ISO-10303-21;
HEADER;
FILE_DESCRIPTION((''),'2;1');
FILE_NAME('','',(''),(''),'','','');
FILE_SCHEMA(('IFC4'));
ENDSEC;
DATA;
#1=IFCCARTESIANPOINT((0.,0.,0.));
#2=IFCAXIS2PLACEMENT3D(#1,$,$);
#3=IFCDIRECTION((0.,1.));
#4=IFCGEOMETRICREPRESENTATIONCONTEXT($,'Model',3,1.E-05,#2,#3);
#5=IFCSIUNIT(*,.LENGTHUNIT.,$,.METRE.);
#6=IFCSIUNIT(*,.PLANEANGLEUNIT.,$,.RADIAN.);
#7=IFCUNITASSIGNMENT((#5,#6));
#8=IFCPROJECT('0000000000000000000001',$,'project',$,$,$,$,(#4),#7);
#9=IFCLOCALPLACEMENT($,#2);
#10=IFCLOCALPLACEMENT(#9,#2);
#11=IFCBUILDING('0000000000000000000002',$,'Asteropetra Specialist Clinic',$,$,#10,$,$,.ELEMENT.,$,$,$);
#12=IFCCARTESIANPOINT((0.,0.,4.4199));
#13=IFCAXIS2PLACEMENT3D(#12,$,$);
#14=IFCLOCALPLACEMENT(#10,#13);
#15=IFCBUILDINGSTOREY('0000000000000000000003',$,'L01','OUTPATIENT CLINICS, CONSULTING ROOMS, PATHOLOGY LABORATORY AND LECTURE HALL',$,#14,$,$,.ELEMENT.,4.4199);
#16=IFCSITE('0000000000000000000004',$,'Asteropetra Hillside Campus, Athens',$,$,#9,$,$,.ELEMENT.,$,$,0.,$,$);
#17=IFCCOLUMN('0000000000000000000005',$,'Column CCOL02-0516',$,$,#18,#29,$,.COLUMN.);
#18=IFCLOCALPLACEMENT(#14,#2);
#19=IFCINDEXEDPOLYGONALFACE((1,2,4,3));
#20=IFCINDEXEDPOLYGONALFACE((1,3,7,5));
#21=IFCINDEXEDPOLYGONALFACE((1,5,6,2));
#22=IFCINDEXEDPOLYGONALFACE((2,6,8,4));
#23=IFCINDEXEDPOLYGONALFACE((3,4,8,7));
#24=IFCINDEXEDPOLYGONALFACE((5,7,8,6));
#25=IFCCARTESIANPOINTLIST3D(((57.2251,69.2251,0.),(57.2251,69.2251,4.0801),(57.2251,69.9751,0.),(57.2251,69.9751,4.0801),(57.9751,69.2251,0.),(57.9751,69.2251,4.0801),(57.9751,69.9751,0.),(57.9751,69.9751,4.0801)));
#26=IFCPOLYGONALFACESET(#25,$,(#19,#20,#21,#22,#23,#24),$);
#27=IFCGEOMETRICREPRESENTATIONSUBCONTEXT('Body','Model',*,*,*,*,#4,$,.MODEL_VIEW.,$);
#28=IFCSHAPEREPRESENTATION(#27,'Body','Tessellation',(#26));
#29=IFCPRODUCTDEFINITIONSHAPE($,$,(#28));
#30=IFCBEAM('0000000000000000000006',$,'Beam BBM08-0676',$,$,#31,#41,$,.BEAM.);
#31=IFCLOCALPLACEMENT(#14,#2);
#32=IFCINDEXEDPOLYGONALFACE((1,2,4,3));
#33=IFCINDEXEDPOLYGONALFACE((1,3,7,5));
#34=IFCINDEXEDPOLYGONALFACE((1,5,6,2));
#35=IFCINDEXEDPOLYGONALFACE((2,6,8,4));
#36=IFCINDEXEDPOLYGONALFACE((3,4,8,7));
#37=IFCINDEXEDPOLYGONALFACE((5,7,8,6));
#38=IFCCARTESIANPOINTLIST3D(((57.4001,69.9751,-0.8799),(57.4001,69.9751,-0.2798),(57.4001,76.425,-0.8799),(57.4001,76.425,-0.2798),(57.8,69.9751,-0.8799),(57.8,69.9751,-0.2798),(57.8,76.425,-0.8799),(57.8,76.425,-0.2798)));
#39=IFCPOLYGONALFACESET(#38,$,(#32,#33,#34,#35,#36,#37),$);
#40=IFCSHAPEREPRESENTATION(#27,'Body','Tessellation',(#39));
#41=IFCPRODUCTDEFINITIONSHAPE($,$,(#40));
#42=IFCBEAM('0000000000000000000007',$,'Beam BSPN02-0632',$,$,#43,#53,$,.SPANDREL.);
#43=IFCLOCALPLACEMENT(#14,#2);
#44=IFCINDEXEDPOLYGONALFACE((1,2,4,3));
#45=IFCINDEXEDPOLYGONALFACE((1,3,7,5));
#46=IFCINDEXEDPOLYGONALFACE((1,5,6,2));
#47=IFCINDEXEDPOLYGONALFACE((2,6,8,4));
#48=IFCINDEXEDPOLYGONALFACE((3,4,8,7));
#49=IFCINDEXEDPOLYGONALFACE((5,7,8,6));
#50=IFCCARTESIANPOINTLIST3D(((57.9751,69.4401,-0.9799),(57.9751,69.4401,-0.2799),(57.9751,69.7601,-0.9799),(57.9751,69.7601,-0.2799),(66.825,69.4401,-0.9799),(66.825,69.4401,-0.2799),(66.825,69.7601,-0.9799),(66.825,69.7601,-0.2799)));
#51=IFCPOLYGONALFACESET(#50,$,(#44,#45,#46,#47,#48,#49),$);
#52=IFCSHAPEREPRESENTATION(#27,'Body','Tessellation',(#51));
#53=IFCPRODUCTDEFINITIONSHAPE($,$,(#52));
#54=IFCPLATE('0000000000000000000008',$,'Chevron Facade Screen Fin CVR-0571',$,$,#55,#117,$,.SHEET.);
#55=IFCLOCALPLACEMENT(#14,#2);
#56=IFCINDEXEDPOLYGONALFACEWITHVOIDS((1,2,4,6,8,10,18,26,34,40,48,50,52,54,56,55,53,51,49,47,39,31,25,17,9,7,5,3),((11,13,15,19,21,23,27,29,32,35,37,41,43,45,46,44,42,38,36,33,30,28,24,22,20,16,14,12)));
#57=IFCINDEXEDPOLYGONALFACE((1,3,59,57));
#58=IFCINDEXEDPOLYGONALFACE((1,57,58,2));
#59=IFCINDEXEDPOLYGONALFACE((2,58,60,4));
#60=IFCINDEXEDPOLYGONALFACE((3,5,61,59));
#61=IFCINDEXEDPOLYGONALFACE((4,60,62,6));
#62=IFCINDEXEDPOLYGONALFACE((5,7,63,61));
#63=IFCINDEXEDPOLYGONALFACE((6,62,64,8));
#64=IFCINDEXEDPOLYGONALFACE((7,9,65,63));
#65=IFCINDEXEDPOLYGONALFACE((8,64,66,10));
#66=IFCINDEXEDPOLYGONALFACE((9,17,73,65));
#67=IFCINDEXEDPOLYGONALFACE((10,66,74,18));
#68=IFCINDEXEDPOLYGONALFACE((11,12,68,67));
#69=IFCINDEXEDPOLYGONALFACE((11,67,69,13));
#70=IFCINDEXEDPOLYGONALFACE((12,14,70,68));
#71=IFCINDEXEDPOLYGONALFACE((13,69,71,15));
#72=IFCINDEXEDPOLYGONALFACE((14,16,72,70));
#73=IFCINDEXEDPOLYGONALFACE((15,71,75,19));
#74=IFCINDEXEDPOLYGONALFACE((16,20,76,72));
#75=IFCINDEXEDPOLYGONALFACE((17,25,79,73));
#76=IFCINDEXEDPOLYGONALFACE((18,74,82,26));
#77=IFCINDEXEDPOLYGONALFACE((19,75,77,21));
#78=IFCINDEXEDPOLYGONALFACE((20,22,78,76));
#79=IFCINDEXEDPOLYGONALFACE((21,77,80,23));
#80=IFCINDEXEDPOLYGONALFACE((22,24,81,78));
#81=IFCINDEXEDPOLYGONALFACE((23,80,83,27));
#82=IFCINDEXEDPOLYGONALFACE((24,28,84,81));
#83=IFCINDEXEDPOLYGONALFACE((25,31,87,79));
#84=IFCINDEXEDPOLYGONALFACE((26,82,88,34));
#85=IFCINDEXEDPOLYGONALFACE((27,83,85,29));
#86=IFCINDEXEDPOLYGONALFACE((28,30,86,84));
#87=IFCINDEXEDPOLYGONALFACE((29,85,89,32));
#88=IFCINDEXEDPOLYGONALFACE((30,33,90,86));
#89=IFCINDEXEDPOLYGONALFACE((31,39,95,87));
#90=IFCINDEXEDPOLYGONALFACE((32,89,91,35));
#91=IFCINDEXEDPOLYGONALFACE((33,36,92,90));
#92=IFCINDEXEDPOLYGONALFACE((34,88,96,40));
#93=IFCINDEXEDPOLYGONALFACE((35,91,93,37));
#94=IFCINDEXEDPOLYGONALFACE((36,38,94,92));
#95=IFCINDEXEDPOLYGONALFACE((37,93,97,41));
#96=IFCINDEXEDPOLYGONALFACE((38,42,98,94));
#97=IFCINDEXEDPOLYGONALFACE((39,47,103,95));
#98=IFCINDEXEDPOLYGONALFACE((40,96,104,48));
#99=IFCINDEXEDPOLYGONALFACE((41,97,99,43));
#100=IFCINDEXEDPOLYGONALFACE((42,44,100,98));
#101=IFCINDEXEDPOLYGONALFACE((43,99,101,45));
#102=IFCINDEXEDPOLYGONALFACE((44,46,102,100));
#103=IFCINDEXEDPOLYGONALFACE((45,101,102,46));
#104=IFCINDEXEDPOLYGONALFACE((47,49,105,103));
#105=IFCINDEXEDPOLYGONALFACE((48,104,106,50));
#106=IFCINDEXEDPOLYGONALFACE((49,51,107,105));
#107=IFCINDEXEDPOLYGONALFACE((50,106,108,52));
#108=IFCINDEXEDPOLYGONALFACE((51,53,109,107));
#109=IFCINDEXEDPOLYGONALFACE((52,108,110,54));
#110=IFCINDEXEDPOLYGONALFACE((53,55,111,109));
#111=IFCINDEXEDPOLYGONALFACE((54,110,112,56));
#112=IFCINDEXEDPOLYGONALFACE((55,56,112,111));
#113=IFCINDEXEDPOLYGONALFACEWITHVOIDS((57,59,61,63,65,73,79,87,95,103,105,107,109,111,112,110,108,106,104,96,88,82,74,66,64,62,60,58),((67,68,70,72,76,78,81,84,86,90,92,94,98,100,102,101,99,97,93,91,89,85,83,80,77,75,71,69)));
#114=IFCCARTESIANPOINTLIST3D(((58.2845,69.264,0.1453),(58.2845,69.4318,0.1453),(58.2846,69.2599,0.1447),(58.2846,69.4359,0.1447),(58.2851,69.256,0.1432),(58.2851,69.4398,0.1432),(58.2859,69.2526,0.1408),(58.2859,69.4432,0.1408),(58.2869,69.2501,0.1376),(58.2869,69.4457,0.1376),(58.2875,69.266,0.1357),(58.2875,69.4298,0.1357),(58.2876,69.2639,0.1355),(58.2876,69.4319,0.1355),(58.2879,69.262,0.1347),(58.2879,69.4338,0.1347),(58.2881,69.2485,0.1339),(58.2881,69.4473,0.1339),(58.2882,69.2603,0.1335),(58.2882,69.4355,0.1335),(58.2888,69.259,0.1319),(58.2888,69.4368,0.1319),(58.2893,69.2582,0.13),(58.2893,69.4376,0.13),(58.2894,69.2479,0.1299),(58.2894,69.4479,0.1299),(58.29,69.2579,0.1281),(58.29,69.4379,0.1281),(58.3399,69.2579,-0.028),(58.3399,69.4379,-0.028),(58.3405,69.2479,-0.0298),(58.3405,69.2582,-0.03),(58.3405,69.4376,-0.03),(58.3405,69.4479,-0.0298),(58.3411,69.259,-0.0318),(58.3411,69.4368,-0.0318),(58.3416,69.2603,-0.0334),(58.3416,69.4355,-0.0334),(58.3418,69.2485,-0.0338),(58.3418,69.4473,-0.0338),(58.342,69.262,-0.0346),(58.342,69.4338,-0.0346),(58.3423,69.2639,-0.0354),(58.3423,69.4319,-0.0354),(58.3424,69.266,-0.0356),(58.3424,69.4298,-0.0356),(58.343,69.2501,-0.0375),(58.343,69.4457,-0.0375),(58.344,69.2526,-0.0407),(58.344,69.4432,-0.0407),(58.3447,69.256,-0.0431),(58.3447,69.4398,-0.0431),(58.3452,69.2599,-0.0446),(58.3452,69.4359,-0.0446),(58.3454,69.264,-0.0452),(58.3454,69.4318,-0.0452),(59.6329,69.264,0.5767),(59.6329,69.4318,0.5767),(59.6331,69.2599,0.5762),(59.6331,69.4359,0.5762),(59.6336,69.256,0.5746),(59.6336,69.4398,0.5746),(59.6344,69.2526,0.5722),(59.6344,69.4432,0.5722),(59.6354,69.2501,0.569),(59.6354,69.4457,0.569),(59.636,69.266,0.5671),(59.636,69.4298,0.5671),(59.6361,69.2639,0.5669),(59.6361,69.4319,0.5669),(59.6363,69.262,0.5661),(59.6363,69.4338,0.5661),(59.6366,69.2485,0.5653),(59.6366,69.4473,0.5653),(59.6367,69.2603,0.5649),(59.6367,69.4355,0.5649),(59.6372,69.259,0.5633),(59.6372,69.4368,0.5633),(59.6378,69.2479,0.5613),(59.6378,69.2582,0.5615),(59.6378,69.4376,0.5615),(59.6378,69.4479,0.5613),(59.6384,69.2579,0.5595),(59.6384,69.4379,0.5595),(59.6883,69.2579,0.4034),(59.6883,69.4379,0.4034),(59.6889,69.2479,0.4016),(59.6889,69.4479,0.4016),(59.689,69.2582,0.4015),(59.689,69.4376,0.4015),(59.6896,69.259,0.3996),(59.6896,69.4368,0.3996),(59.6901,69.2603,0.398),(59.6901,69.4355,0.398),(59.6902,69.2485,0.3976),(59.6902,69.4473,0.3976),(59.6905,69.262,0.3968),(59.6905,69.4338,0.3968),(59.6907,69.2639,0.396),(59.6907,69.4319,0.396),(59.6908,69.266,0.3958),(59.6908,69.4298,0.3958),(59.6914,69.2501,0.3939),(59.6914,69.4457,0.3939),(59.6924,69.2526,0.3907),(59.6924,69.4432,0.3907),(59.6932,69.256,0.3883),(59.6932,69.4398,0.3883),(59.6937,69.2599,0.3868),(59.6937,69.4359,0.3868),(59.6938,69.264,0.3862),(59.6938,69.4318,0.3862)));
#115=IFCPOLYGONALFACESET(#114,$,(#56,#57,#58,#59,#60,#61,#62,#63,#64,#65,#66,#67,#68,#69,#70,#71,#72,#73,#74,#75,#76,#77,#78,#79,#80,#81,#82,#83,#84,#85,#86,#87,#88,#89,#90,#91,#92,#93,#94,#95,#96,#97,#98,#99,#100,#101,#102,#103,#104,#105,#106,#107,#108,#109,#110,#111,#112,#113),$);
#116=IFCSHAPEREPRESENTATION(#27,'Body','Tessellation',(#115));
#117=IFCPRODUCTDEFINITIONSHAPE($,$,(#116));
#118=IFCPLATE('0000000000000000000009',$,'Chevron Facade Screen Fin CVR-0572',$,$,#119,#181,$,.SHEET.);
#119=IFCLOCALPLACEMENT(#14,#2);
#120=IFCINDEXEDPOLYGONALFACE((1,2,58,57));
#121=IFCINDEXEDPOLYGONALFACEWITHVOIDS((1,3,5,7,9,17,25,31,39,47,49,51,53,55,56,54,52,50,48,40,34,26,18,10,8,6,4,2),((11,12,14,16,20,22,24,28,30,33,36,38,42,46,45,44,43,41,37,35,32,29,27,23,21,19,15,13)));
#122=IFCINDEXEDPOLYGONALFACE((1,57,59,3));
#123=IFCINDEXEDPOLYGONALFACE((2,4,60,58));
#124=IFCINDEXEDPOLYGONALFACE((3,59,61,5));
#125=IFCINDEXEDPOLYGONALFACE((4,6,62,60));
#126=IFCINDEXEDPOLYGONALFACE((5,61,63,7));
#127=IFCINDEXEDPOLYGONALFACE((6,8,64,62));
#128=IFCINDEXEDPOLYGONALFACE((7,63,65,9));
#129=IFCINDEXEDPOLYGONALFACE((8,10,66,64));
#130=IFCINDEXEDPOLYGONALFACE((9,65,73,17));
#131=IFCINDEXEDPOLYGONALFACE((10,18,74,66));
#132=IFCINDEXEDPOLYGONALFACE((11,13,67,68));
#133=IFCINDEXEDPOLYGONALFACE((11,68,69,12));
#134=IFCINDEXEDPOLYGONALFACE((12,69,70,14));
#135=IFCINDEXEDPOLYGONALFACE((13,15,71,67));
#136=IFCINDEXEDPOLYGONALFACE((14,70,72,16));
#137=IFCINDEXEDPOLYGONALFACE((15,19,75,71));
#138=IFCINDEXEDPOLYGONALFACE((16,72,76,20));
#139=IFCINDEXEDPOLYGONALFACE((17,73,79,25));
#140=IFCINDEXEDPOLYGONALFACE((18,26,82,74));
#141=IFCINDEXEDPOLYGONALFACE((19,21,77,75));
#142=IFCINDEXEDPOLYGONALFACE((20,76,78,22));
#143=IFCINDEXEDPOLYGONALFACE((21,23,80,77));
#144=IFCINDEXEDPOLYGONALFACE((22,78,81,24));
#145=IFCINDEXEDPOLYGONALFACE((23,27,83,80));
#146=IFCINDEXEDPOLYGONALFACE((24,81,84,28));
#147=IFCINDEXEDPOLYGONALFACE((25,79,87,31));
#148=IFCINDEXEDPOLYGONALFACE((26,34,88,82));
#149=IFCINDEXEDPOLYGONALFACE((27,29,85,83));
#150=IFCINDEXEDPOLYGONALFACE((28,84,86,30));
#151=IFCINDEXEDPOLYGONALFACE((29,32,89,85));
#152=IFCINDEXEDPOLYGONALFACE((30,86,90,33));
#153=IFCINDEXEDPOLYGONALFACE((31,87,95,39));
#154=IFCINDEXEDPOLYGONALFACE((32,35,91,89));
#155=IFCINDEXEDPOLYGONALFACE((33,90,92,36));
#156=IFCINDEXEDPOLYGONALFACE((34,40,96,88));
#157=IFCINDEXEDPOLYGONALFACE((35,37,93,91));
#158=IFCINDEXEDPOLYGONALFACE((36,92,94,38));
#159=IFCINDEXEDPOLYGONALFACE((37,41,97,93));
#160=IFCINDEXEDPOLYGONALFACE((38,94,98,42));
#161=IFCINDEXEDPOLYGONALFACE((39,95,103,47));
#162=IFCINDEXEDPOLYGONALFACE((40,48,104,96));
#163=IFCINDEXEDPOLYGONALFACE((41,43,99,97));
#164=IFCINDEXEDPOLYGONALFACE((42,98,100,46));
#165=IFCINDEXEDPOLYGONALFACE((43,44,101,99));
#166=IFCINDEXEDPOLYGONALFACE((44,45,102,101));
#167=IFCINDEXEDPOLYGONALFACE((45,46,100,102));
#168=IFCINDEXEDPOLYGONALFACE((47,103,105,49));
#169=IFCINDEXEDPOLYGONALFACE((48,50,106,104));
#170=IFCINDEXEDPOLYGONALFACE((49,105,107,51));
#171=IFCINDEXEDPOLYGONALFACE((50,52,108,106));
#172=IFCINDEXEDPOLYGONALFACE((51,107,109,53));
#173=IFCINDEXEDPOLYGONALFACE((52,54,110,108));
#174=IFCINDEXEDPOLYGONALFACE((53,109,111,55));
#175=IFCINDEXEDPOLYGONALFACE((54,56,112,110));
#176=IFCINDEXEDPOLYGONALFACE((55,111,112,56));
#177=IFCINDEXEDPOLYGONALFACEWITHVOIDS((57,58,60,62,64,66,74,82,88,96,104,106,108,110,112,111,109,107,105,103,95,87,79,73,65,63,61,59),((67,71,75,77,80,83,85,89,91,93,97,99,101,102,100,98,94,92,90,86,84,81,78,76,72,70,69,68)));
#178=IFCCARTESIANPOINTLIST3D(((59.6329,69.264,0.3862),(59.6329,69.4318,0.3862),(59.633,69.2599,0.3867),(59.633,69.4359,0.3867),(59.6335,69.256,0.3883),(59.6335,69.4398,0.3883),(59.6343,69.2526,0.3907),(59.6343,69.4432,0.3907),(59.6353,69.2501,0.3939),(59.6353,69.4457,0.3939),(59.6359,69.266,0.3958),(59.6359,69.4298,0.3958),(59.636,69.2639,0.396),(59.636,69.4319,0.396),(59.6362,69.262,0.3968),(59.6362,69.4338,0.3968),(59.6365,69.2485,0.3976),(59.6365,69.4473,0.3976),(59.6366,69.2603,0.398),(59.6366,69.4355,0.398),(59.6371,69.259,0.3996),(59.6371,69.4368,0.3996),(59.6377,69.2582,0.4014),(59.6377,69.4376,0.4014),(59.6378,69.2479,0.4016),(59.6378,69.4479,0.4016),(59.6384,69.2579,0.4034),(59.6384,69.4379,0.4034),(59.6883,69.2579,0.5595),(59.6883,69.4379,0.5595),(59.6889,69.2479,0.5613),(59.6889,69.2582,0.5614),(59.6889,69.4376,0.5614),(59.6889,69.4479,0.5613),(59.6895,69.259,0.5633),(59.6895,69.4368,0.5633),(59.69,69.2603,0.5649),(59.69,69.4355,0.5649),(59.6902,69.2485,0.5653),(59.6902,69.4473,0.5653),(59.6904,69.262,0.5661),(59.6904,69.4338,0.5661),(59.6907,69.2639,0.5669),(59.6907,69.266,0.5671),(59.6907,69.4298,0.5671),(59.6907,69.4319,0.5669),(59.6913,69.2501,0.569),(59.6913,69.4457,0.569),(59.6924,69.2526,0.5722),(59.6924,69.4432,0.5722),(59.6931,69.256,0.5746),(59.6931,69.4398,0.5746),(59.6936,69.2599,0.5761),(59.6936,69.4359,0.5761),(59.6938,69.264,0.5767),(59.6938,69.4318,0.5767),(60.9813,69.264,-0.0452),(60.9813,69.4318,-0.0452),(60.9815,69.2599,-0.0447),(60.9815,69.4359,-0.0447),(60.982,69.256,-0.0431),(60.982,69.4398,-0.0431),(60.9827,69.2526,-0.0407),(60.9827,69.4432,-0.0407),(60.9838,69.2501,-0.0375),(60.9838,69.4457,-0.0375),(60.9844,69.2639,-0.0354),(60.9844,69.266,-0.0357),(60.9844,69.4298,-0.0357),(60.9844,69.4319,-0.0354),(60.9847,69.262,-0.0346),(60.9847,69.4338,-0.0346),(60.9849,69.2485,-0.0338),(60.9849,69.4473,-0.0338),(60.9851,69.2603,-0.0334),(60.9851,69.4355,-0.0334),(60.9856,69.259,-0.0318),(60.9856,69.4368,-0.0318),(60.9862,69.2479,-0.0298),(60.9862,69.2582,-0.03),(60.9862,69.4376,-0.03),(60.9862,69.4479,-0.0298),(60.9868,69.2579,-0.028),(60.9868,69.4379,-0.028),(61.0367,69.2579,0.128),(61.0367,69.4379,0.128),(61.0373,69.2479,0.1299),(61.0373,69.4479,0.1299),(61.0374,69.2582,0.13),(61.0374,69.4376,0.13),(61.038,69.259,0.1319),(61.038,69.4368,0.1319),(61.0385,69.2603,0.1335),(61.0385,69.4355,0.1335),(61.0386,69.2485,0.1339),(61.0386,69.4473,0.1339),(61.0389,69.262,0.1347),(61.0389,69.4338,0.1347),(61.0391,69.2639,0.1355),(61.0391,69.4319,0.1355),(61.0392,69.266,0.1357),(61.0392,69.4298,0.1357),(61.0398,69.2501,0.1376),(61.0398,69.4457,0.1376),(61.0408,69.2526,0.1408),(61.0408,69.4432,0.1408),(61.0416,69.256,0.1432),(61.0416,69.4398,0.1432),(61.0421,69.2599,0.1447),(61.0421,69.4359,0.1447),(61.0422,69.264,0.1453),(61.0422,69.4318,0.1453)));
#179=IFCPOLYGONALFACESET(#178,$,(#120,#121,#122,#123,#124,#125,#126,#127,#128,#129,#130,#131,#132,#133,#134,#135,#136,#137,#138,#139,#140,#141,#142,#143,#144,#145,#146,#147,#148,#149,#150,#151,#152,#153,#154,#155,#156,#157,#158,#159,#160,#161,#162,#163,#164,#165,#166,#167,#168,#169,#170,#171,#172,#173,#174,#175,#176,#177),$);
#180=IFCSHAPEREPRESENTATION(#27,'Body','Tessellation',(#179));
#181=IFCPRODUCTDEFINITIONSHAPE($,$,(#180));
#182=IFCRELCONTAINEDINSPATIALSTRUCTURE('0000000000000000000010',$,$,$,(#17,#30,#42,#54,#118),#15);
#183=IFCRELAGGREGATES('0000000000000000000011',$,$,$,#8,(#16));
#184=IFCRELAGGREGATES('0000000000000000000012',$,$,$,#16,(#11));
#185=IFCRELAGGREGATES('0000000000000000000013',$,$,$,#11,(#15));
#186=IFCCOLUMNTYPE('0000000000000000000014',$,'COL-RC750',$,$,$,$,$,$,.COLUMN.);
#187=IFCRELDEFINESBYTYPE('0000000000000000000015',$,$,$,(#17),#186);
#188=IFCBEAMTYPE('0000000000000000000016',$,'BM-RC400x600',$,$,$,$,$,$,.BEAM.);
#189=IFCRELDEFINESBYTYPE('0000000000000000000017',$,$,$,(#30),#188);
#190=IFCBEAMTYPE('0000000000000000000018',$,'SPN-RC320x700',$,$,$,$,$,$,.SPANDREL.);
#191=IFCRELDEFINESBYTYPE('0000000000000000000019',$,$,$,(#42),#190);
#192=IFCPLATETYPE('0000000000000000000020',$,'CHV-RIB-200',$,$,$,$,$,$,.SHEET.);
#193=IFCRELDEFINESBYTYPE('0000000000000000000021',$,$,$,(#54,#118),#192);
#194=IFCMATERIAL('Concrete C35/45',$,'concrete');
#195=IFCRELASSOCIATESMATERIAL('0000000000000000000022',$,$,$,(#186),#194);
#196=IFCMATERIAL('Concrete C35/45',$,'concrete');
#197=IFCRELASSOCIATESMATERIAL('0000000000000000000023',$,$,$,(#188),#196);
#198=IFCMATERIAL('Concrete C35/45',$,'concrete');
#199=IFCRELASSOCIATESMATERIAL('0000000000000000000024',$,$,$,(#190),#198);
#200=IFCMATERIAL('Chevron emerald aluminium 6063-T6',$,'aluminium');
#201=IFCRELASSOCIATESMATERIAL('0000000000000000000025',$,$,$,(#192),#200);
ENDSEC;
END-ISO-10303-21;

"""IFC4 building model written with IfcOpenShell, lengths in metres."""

from ifc_helpers import new_model, si_unit, direction, frame, origin, origin_2d, place, context, subcontext, project, spatial, rectangle, hollow_rectangle, extrude, material, material_profile, profile_set, type_object, element, save


model = new_model("IFC4")

# Units and contexts
model_context = context("Model", 3, precision=1e-05, world=origin(), true_north=direction((0.0, 1.0)))
body_context = subcontext(model_context, "Body", "Model", "MODEL_VIEW")
ifc_project = project(units=[si_unit("LENGTHUNIT", "METRE"), si_unit("PLANEANGLEUNIT", "RADIAN")], contexts=[model_context])

# Site, building, storey
site_placement = place(None, origin())
site = spatial("IfcSite", under=ifc_project, at=site_placement, Name="Asteropetra Hillside Campus, Athens", CompositionType="ELEMENT", RefElevation=0.0)
building_placement = place(site_placement, origin())
building = spatial("IfcBuilding", under=site, at=building_placement, Name="Asteropetra Specialist Clinic", CompositionType="ELEMENT")
storey_placement = place(building_placement, frame((0.0, 0.0, 4.4199)))
storey = spatial("IfcBuildingStorey", under=building, at=storey_placement, Name="L01", Description="OUTPATIENT CLINICS, CONSULTING ROOMS, PATHOLOGY LABORATORY AND LECTURE HALL", CompositionType="ELEMENT", Elevation=4.4199)

# Column
ifc_material_1 = material(Name="Concrete C35/45", Category="concrete")
ifc_material_profile_1 = material_profile(ifc_material_1, rectangle(XDim=0.75, YDim=0.75, at=origin_2d()), Name="RC 750x750")
ifc_profile_set_1 = profile_set([ifc_material_profile_1], Name="Concrete C35/45")
column_type = type_object("IfcColumnType", Name="COL-RC750", PredefinedType="COLUMN", material=ifc_profile_set_1)
column_placement = place(storey_placement, frame((57.6001, 69.6001, 0.0), z_axis=(0.0, 0.0, 1.0), x_axis=(1.0, 0.0, 0.0)))
element("IfcColumn", 1, at=column_placement, inside=storey, type_object=column_type, Name="Column CCOL02-0516", PredefinedType="COLUMN", context=body_context, shape_type="SweptSolid", body=[
    extrude(rectangle(XDim=0.75, YDim=0.75, at=origin_2d()), origin(), (0.0, 0.0, 1.0), 4.0801),
])

# Beams
ifc_material_2 = material(Name="Concrete C35/45", Category="concrete")
ifc_material_profile_2 = material_profile(ifc_material_2, rectangle(XDim=0.3999, YDim=0.6001, at=origin_2d()), Name="RCB 400x600")
ifc_profile_set_2 = profile_set([ifc_material_profile_2], Name="Concrete C35/45")
beam_type_1 = type_object("IfcBeamType", Name="BM-RC400x600", PredefinedType="BEAM", material=ifc_profile_set_2)
beam_1_placement = place(storey_placement, frame((57.6001, 69.9751, -0.5798), z_axis=(0.0, 1.0, 0.0), x_axis=(-1.0, 0.0, 0.0)))
element("IfcBeam", 2, at=beam_1_placement, inside=storey, type_object=beam_type_1, Name="Beam BBM08-0676", PredefinedType="BEAM", context=body_context, shape_type="SweptSolid", body=[
    extrude(rectangle(XDim=0.3999, YDim=0.6001, at=origin_2d()), origin(), (0.0, 0.0, 1.0), 6.45),
])
ifc_material_3 = material(Name="Concrete C35/45", Category="concrete")
ifc_material_profile_3 = material_profile(ifc_material_3, rectangle(XDim=0.3201, YDim=0.7, at=origin_2d()), Name="RCS 320x700")
ifc_profile_set_3 = profile_set([ifc_material_profile_3], Name="Concrete C35/45")
beam_type_2 = type_object("IfcBeamType", Name="SPN-RC320x700", PredefinedType="SPANDREL", material=ifc_profile_set_3)
beam_2_placement = place(storey_placement, frame((57.9751, 69.6001, -0.6299), z_axis=(1.0, 0.0, 0.0), x_axis=(0.0, 1.0, 0.0)))
element("IfcBeam", 3, at=beam_2_placement, inside=storey, type_object=beam_type_2, Name="Beam BSPN02-0632", PredefinedType="SPANDREL", context=body_context, shape_type="SweptSolid", body=[
    extrude(rectangle(XDim=0.3201, YDim=0.7, at=origin_2d()), origin(), (0.0, 0.0, 1.0), 8.8499),
])

# Plates
ifc_material_4 = material(Name="Chevron emerald aluminium 6063-T6", Category="aluminium")
ifc_material_profile_4 = material_profile(ifc_material_4, hollow_rectangle(XDim=0.2, YDim=0.2, WallThickness=0.01, InnerFilletRadius=0.0081, OuterFilletRadius=0.0161, at=origin_2d()), Name="SHS 200x200x10.0")
ifc_profile_set_4 = profile_set([ifc_material_profile_4], Name="Chevron emerald aluminium 6063-T6")
plate_type_1 = type_object("IfcPlateType", Name="CHV-RIB-200", PredefinedType="SHEET", material=ifc_profile_set_4)
for number, where, z_axis, x_axis, name in (
    (4, (58.3149, 69.3479, 0.05), (0.952442, 0.0, 0.304719), (0.0, 1.0, 0.0), "Chevron Facade Screen Fin CVR-0571"),
    (5, (59.6633, 69.3479, 0.4814), (0.952442, 0.0, -0.304719), (0.0, 1.0, 0.0), "Chevron Facade Screen Fin CVR-0572"),
):
    element("IfcPlate", number, at=place(storey_placement, frame(where, z_axis=z_axis, x_axis=x_axis)), inside=storey, type_object=plate_type_1, Name=name, PredefinedType="SHEET", context=body_context, shape_type="SweptSolid", body=[
        extrude(hollow_rectangle(XDim=0.2, YDim=0.2, WallThickness=0.01, InnerFilletRadius=0.0081, OuterFilletRadius=0.0161, at=origin_2d()), origin(), (0.0, 0.0, 1.0), 1.4158),
    ])

save(model, "model.ifc")
